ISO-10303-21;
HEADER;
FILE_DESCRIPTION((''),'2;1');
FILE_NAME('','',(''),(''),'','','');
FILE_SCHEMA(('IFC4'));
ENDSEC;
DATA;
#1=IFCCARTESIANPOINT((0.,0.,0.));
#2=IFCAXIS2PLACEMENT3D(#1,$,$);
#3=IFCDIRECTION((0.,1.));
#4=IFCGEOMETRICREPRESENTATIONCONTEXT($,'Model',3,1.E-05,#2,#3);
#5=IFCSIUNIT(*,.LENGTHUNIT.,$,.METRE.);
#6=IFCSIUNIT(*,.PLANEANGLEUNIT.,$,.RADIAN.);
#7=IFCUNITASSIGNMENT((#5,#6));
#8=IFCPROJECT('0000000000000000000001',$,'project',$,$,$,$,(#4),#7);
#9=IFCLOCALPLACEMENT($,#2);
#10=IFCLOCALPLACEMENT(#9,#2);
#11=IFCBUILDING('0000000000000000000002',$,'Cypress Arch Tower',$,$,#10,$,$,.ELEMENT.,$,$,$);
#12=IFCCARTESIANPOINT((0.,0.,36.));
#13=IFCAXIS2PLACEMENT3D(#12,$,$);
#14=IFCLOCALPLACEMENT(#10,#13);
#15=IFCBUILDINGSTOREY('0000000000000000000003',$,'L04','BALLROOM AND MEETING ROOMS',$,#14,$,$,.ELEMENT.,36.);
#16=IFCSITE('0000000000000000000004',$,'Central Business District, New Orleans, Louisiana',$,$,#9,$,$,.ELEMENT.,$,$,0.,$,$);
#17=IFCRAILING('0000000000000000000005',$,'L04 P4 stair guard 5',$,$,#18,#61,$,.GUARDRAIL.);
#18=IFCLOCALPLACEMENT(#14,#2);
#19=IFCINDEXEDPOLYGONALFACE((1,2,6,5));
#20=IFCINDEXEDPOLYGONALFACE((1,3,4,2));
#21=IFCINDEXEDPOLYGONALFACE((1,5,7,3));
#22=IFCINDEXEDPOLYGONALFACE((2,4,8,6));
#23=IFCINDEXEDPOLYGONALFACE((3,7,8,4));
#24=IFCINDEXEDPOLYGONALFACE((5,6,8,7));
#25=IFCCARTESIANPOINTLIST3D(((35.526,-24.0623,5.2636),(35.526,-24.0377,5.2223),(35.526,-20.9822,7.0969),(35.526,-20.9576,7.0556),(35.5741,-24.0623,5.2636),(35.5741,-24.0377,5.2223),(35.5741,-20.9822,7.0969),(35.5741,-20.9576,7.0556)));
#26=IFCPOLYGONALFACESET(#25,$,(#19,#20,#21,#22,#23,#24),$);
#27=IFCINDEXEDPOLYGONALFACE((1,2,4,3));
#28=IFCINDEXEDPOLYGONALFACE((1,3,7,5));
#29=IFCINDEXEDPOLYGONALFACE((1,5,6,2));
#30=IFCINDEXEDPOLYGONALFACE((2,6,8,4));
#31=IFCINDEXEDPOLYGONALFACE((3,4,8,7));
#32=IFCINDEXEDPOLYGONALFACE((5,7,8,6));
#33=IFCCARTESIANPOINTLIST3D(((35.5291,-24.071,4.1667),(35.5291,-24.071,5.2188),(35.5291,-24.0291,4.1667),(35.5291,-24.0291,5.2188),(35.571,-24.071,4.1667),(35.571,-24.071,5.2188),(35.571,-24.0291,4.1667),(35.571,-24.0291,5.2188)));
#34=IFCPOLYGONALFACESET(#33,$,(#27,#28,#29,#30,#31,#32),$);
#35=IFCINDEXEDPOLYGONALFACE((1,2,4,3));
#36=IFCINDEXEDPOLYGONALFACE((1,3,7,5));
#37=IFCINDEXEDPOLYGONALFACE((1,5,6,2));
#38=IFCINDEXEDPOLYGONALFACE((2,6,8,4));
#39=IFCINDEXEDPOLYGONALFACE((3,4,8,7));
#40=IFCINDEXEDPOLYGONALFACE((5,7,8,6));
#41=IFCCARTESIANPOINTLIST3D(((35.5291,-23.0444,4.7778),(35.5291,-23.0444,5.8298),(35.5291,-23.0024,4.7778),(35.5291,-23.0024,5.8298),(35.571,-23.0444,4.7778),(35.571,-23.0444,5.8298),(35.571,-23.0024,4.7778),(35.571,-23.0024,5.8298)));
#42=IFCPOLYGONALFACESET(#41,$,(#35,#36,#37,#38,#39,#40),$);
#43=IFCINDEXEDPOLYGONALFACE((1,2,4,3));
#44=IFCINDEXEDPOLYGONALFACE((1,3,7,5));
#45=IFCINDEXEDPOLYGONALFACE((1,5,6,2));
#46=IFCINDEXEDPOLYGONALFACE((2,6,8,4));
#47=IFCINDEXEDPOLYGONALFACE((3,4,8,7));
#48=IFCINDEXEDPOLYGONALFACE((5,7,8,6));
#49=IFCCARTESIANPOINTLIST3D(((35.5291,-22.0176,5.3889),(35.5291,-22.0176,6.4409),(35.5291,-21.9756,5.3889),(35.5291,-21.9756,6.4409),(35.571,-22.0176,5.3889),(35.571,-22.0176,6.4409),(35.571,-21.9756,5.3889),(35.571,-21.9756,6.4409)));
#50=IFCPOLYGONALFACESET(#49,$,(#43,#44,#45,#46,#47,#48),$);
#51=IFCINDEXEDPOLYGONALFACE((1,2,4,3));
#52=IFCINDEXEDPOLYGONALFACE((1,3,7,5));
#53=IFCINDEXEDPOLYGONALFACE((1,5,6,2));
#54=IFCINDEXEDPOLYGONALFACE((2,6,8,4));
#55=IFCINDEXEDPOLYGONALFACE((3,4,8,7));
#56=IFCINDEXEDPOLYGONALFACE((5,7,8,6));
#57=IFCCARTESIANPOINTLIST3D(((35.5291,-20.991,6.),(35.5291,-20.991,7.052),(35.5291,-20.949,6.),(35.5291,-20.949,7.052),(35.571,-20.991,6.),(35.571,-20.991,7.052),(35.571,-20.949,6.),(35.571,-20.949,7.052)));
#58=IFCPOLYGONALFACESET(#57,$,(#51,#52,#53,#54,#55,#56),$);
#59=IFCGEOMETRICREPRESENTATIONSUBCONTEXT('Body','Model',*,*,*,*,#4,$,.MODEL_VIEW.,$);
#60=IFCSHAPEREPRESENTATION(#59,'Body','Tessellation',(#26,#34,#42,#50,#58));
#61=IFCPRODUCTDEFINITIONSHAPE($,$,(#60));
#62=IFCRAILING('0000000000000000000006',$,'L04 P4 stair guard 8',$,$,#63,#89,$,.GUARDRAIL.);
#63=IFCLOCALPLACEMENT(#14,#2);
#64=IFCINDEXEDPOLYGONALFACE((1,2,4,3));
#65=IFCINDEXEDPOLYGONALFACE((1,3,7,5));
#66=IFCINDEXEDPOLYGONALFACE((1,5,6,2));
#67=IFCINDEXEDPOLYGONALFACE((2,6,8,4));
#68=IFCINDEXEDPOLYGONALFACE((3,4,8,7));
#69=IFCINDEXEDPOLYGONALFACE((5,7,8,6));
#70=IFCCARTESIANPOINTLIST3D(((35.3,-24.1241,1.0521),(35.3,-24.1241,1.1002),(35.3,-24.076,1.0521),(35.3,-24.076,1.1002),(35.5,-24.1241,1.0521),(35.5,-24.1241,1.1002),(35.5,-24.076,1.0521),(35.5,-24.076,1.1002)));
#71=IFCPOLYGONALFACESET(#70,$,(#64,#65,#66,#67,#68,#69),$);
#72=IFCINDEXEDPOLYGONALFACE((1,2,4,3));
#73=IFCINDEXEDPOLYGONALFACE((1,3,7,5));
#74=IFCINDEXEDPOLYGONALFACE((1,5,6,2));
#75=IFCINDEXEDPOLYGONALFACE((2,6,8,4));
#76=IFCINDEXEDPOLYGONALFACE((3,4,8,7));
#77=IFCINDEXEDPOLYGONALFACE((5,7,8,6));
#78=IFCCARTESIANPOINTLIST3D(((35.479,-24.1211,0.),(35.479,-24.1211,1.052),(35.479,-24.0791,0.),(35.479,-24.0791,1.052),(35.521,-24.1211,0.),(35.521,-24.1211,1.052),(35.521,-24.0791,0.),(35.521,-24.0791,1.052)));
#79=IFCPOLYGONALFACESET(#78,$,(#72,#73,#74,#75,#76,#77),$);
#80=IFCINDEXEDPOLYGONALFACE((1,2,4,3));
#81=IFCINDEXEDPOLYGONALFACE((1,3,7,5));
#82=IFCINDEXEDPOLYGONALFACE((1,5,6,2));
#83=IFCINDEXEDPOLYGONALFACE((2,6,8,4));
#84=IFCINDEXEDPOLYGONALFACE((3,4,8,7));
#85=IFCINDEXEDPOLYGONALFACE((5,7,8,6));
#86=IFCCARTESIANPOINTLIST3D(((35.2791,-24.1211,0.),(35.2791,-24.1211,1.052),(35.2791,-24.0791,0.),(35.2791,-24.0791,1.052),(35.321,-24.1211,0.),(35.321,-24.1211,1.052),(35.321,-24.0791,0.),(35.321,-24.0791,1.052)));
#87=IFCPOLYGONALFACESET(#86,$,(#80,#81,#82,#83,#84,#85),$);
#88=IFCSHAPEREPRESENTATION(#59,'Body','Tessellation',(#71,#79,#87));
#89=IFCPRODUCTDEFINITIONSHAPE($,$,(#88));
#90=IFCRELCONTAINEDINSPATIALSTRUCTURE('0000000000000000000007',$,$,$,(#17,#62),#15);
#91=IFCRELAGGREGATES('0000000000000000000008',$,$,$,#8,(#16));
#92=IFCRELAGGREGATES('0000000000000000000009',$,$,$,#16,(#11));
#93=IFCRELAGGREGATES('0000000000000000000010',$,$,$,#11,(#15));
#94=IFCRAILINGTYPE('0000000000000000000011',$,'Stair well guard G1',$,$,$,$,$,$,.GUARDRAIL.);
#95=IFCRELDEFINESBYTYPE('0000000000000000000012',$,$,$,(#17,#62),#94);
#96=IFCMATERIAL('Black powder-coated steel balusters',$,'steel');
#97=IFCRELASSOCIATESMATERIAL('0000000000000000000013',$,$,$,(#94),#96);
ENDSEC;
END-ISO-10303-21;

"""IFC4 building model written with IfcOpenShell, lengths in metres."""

from ifc_helpers import new_model, si_unit, direction, frame, origin, origin_2d, place, context, subcontext, project, spatial, rectangle, extrude, material, type_object, element, save


model = new_model("IFC4")

# Units and contexts
model_context = context("Model", 3, precision=1e-05, world=origin(), true_north=direction((0.0, 1.0)))
body_context = subcontext(model_context, "Body", "Model", "MODEL_VIEW")
ifc_project = project(units=[si_unit("LENGTHUNIT", "METRE"), si_unit("PLANEANGLEUNIT", "RADIAN")], contexts=[model_context])

# Site, building, storey
site_placement = place(None, origin())
site = spatial("IfcSite", under=ifc_project, at=site_placement, Name="Central Business District, New Orleans, Louisiana", CompositionType="ELEMENT", RefElevation=0.0)
building_placement = place(site_placement, origin())
building = spatial("IfcBuilding", under=site, at=building_placement, Name="Cypress Arch Tower", CompositionType="ELEMENT")
storey_placement = place(building_placement, frame((0.0, 0.0, 36.0)))
storey = spatial("IfcBuildingStorey", under=building, at=storey_placement, Name="L04", Description="BALLROOM AND MEETING ROOMS", CompositionType="ELEMENT", Elevation=36.0)

# Railings
ifc_material_1 = material(Name="Black powder-coated steel balusters", Category="steel")
railing_type_1 = type_object("IfcRailingType", Name="Stair well guard G1", PredefinedType="GUARDRAIL", material=ifc_material_1)
railing_1_placement = place(storey_placement, frame((35.55, -24.05, 4.1667)))
element("IfcRailing", 1, at=railing_1_placement, inside=storey, type_object=railing_type_1, Name="L04 P4 stair guard 5", PredefinedType="GUARDRAIL", context=body_context, shape_type="SweptSolid", body=[
    extrude(rectangle(XDim=0.0481, YDim=0.0481, at=origin_2d()), frame((0.0, 0.0, 1.0762), z_axis=(0.0, 0.859309, 0.511458), x_axis=(-1.0, 0.0, 0.0)), (0.0, 0.0, 1.0), 3.5845),
    extrude(rectangle(XDim=0.042, YDim=0.042, at=origin_2d()), origin(), (0.0, 0.0, 1.0), 1.052),
    extrude(rectangle(XDim=0.042, YDim=0.042, at=origin_2d()), frame((0.0, 1.0266, 0.6111)), (0.0, 0.0, 1.0), 1.052),
    extrude(rectangle(XDim=0.042, YDim=0.042, at=origin_2d()), frame((0.0, 2.0535, 1.2222)), (0.0, 0.0, 1.0), 1.052),
    extrude(rectangle(XDim=0.042, YDim=0.042, at=origin_2d()), frame((0.0, 3.0801, 1.8333)), (0.0, 0.0, 1.0), 1.052),
])
railing_2_placement = place(storey_placement, frame((35.5, -24.1001, 0.0)))
element("IfcRailing", 2, at=railing_2_placement, inside=storey, type_object=railing_type_1, Name="L04 P4 stair guard 8", PredefinedType="GUARDRAIL", context=body_context, shape_type="SweptSolid", body=[
    extrude(rectangle(XDim=0.0481, YDim=0.0481, at=origin_2d()), frame((0.0, 0.0, 1.0762), z_axis=(-1.0, 0.0, 0.0), x_axis=(0.0, -1.0, 0.0)), (0.0, 0.0, 1.0), 0.2),
    extrude(rectangle(XDim=0.042, YDim=0.042, at=origin_2d()), origin(), (0.0, 0.0, 1.0), 1.052),
    extrude(rectangle(XDim=0.042, YDim=0.042, at=origin_2d()), frame((-0.2, 0.0, 0.0)), (0.0, 0.0, 1.0), 1.052),
])

save(model, "model.ifc")
